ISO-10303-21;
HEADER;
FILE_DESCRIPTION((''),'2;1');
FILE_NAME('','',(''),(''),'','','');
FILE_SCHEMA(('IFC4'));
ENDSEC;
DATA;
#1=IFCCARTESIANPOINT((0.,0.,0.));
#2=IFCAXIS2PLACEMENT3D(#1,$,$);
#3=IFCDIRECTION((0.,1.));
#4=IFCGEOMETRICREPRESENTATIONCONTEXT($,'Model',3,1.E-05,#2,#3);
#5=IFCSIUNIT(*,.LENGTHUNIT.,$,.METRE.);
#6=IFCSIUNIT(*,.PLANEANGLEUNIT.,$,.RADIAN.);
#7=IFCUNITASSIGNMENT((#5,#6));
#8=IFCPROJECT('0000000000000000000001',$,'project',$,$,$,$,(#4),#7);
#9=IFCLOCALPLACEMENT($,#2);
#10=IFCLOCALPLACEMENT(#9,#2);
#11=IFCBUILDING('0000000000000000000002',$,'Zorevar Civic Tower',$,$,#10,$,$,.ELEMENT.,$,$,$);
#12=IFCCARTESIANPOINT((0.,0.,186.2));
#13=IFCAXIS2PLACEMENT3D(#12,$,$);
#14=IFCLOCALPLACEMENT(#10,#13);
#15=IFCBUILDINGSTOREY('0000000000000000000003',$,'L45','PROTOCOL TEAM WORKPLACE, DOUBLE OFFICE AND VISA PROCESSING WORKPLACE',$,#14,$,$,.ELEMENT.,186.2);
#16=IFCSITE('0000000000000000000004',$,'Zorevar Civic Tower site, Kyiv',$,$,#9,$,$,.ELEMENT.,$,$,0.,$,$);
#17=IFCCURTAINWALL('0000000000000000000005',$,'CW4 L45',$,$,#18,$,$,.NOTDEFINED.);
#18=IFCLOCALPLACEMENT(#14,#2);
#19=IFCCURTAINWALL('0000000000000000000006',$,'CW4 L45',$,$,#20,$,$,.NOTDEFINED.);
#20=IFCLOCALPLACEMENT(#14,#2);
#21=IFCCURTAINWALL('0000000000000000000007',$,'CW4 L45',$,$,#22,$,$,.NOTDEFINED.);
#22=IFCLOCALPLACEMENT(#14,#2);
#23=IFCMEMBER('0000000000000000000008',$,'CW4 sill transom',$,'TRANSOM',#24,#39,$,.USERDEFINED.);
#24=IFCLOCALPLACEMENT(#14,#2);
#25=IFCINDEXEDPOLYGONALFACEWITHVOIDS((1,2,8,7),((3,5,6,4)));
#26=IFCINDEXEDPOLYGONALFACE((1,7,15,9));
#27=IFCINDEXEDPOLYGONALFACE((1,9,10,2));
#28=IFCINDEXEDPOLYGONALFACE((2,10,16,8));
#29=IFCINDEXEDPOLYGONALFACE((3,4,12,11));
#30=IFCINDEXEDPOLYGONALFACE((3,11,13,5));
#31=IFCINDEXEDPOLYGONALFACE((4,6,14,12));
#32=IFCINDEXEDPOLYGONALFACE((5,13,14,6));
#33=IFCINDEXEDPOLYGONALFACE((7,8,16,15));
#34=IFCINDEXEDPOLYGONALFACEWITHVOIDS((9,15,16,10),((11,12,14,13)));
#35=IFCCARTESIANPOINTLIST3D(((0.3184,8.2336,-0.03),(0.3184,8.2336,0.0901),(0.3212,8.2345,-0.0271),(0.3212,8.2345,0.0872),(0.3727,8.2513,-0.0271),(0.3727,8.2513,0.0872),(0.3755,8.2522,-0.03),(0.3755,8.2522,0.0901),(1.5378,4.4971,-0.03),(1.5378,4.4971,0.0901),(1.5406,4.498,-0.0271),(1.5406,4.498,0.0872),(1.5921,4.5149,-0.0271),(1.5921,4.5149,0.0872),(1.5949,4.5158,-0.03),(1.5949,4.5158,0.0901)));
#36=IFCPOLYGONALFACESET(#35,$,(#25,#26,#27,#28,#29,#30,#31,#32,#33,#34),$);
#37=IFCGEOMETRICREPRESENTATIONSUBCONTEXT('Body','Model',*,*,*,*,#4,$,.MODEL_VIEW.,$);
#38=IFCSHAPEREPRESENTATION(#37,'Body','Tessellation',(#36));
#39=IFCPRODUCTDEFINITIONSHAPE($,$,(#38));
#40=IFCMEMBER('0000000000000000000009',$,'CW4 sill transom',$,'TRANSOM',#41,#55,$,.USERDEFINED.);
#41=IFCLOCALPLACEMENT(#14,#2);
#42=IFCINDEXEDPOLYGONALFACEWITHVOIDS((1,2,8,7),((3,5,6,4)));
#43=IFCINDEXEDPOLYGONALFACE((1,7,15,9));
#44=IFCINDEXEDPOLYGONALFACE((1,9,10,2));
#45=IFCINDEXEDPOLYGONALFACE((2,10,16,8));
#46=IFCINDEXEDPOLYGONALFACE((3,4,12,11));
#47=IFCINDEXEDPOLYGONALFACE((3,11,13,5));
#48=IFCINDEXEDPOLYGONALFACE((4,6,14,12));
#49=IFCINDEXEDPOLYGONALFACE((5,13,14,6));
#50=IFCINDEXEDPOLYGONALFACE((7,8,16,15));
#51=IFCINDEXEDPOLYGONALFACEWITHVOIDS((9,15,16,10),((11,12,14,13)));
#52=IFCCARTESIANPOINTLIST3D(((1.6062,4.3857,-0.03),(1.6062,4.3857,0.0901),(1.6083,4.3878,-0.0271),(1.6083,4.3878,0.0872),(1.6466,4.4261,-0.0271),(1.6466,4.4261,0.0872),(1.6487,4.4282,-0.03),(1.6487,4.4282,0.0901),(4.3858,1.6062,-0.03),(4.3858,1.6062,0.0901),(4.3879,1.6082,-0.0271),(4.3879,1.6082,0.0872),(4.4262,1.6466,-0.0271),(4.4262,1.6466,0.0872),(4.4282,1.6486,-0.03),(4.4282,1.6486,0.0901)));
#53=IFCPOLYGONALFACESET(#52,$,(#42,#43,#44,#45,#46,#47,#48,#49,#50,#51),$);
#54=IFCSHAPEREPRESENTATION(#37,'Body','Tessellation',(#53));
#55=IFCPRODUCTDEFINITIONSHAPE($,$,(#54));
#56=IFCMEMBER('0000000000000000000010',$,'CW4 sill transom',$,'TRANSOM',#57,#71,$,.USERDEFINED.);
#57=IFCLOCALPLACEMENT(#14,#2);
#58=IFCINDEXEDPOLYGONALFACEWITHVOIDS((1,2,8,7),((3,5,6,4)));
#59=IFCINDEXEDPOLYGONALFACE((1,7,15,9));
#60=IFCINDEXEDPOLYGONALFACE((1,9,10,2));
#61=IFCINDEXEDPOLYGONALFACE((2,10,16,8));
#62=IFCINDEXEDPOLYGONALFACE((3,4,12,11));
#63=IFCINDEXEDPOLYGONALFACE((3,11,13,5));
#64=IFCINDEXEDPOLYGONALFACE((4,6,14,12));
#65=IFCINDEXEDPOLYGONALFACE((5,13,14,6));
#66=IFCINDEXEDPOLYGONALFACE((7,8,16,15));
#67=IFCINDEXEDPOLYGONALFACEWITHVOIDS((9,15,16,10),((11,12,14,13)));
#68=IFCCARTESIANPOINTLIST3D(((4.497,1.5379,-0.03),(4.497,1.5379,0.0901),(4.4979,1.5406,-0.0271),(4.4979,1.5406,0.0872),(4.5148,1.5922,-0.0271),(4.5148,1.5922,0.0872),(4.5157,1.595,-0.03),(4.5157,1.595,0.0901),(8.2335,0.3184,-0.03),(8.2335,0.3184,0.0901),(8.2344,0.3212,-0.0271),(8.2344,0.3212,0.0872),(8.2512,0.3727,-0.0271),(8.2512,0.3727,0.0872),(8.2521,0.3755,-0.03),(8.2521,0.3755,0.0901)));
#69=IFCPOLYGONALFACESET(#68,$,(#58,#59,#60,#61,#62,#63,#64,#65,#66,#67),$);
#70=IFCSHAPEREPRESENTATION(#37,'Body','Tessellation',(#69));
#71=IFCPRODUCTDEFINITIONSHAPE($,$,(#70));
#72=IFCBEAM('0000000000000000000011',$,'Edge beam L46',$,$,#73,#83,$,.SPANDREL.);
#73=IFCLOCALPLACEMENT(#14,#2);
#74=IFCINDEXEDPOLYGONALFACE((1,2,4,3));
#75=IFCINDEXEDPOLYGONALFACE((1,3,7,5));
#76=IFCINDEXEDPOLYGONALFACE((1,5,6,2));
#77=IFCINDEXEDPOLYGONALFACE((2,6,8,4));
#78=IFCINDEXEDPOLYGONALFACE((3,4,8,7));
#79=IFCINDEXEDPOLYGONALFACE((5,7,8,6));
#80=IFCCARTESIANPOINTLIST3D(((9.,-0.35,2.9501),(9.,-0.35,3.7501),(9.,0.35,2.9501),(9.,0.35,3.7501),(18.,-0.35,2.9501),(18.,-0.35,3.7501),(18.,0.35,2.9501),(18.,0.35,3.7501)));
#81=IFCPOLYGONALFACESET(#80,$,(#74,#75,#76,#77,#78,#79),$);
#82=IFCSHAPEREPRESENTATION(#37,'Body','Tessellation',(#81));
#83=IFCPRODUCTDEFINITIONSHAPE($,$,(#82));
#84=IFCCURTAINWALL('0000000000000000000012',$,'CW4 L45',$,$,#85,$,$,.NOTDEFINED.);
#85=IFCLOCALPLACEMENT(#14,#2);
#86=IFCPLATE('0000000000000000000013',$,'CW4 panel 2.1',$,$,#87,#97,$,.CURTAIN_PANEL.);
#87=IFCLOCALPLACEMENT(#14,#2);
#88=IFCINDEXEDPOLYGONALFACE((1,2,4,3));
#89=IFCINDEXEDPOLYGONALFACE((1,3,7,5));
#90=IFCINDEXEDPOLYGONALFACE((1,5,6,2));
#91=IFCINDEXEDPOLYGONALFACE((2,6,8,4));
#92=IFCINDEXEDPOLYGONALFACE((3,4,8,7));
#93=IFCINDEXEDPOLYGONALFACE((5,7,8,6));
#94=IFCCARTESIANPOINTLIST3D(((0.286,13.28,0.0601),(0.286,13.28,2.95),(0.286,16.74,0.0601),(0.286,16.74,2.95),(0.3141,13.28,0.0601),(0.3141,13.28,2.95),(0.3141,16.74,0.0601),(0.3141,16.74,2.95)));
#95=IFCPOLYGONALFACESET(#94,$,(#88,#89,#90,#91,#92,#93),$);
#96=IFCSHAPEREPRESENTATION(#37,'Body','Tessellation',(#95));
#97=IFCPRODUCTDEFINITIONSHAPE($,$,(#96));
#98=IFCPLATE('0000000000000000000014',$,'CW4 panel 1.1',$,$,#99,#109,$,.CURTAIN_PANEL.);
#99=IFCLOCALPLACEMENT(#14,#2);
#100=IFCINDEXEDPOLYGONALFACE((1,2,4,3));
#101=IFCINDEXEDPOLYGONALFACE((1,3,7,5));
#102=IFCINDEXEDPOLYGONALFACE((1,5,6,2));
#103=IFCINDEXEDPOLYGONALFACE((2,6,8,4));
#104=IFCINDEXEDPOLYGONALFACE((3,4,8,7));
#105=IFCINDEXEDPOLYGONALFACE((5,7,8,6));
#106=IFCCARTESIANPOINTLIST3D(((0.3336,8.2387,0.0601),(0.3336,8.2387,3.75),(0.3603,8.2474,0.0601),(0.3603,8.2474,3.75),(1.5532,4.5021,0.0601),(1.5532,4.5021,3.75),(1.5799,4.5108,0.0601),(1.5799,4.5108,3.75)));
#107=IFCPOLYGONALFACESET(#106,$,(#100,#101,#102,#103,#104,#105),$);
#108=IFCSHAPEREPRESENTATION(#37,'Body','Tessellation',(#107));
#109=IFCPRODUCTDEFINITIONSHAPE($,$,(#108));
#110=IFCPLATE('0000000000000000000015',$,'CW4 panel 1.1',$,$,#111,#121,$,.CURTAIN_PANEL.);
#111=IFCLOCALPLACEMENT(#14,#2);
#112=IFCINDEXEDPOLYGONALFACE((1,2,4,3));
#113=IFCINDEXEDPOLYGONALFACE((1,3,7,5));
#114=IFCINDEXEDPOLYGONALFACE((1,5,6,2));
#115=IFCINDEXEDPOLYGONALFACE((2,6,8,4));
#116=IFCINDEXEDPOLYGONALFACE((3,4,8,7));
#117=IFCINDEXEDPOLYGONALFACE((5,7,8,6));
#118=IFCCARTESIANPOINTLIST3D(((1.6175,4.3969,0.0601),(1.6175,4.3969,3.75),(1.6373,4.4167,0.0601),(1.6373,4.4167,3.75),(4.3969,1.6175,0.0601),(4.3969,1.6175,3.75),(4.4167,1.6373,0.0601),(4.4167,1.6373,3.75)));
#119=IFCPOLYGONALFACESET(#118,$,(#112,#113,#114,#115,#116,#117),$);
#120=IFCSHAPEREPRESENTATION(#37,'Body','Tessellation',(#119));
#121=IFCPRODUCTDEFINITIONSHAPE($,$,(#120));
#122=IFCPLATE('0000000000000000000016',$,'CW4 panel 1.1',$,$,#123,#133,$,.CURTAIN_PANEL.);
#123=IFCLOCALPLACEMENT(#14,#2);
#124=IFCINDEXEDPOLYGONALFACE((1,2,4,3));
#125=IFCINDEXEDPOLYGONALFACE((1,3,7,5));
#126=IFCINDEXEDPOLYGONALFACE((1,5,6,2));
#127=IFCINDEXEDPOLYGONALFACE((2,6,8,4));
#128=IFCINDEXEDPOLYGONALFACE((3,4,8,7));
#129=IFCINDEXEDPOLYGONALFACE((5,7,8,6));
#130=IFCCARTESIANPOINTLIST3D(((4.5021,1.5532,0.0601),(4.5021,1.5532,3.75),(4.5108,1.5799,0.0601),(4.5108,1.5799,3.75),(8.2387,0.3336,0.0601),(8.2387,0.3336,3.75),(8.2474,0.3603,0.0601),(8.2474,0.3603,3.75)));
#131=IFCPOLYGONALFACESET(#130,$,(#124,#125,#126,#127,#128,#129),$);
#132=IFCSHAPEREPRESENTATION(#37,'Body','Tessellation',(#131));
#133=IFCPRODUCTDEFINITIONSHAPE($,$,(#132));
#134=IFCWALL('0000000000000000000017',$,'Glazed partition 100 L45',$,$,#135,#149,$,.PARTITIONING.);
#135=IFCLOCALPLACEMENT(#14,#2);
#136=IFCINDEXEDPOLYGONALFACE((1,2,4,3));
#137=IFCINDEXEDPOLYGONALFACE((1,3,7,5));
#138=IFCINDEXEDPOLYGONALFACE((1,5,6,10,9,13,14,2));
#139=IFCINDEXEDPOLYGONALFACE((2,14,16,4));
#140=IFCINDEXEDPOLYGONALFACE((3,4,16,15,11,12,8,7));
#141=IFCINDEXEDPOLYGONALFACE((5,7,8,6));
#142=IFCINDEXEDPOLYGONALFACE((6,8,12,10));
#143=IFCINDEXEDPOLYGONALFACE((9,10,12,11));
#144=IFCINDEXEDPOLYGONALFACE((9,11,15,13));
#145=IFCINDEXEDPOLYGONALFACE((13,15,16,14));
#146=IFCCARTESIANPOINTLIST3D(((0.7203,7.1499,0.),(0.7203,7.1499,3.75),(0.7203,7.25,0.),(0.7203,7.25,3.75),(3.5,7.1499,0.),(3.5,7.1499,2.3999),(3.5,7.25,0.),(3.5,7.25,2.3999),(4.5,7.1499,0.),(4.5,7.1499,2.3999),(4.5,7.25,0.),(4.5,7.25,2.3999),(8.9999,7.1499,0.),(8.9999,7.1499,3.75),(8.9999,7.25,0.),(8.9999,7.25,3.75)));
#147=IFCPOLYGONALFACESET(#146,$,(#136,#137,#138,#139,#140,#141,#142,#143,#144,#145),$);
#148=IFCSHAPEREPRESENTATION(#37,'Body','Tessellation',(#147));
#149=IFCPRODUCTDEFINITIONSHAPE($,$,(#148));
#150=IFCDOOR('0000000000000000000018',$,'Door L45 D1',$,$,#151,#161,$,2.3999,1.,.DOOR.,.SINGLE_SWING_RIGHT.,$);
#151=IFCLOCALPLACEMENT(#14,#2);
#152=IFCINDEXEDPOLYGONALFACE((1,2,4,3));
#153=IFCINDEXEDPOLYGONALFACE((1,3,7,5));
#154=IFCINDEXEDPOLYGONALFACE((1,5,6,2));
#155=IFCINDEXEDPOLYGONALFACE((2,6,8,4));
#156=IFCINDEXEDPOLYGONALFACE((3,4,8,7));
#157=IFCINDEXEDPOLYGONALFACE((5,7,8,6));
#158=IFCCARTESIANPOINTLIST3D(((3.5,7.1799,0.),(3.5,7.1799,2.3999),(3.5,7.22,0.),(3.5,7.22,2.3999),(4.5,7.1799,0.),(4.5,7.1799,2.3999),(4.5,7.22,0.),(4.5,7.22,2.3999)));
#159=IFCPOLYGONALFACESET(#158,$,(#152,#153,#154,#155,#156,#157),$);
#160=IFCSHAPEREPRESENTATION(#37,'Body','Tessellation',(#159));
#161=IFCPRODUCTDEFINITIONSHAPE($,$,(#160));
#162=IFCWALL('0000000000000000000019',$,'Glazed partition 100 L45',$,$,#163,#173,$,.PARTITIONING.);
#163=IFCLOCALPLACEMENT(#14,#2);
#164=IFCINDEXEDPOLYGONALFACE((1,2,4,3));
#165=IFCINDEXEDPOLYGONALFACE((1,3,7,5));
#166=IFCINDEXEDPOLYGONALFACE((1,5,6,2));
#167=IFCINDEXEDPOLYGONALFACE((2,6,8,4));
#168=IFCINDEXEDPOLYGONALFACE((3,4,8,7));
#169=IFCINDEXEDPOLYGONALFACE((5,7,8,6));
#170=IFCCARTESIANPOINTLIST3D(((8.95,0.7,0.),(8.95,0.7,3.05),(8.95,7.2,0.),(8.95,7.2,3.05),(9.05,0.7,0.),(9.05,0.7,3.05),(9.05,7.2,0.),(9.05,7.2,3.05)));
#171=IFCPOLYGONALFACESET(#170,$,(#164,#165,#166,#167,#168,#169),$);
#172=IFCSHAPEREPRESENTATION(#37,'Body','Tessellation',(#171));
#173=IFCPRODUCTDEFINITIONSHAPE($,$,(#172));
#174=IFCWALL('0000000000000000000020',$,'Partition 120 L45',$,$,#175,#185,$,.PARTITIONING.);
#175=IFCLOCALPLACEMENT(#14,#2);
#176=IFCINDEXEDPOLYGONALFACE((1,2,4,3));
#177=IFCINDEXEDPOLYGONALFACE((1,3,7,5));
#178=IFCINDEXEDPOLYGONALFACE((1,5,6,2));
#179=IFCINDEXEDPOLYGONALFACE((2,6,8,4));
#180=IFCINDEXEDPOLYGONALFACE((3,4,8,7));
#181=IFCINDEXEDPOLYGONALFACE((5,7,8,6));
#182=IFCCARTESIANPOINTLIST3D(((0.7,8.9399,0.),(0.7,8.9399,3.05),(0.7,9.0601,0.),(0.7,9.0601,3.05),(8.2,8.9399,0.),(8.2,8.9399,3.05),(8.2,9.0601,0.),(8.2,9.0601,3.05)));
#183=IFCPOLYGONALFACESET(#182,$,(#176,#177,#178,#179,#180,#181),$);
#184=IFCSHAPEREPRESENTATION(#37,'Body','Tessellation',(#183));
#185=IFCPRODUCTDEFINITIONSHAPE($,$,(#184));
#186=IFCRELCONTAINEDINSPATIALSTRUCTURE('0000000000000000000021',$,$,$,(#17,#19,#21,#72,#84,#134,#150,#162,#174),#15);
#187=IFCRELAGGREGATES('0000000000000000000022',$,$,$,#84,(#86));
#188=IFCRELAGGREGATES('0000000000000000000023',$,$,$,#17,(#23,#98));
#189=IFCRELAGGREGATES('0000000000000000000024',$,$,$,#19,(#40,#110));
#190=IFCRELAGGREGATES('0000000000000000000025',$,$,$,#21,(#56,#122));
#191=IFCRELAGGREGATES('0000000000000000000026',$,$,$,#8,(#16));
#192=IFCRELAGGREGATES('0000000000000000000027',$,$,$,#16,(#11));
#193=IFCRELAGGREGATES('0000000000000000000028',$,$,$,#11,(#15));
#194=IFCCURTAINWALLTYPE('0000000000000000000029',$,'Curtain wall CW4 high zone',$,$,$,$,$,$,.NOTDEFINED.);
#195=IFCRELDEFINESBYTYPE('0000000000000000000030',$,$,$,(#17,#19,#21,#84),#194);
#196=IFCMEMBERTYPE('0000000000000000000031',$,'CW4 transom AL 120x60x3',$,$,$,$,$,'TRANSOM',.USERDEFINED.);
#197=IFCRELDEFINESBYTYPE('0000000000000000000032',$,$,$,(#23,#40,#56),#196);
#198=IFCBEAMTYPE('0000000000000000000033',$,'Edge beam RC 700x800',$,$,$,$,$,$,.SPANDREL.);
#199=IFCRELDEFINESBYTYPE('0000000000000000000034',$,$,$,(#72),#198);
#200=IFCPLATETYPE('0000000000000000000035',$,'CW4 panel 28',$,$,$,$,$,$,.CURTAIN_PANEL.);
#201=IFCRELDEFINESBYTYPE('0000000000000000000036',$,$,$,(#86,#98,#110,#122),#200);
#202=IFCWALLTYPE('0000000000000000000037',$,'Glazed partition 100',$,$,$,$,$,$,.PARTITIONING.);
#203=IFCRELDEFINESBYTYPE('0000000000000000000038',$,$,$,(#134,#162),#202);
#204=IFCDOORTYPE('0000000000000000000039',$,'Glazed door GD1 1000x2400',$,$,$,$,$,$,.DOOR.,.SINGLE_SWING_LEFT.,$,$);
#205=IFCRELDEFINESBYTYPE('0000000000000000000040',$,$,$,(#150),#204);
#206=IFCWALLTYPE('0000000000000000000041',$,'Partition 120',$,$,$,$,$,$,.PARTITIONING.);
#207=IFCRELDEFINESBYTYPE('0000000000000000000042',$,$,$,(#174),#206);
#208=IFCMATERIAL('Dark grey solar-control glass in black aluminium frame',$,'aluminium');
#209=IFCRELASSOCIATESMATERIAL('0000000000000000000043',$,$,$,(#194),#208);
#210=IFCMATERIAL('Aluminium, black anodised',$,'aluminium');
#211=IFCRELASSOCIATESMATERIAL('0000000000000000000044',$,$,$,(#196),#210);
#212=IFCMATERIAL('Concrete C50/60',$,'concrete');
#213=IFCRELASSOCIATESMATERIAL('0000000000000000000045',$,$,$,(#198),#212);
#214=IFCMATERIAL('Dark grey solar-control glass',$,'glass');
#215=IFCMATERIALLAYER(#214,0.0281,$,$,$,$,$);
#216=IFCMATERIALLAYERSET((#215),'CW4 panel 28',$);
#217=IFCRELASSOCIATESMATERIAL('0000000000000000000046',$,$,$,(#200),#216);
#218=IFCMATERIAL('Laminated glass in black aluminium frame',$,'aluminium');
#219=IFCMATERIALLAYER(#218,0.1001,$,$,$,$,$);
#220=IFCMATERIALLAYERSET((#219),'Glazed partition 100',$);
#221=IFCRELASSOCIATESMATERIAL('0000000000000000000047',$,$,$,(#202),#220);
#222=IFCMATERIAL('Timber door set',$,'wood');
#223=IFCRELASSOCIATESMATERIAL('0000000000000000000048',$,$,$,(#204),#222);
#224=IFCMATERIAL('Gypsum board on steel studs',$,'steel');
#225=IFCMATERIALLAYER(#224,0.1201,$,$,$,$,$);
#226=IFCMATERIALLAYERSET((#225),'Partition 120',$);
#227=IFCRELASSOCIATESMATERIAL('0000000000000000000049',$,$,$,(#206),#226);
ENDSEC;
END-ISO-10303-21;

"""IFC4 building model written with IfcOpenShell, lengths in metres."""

from ifc_helpers import new_model, si_unit, direction, frame, frame_2d, origin, origin_2d, place, context, subcontext, project, spatial, rectangle, hollow_rectangle, extrude, material, layer, layer_set, material_profile, profile_set, type_object, element, fill, aggregate, save


model = new_model("IFC4")

# Units and contexts
model_context = context("Model", 3, precision=1e-05, world=origin(), true_north=direction((0.0, 1.0)))
body_context = subcontext(model_context, "Body", "Model", "MODEL_VIEW")
ifc_project = project(units=[si_unit("LENGTHUNIT", "METRE"), si_unit("PLANEANGLEUNIT", "RADIAN")], contexts=[model_context])

# Site, building, storey
site_placement = place(None, origin())
site = spatial("IfcSite", under=ifc_project, at=site_placement, Name="Zorevar Civic Tower site, Kyiv", CompositionType="ELEMENT", RefElevation=0.0)
building_placement = place(site_placement, origin())
building = spatial("IfcBuilding", under=site, at=building_placement, Name="Zorevar Civic Tower", CompositionType="ELEMENT")
storey_placement = place(building_placement, frame((0.0, 0.0, 186.2)))
storey = spatial("IfcBuildingStorey", under=building, at=storey_placement, Name="L45", Description="PROTOCOL TEAM WORKPLACE, DOUBLE OFFICE AND VISA PROCESSING WORKPLACE", CompositionType="ELEMENT", Elevation=186.2)

# Curtain walls
ifc_material_1 = material(Name="Dark grey solar-control glass in black aluminium frame", Category="aluminium")
curtain_wall_type = type_object("IfcCurtainWallType", Name="Curtain wall CW4 high zone", PredefinedType="NOTDEFINED", material=ifc_material_1)
curtain_wall_1_placement = place(storey_placement, origin())
curtain_wall_1 = element("IfcCurtainWall", 1, at=curtain_wall_1_placement, inside=storey, type_object=curtain_wall_type, Name="CW4 L45", PredefinedType="NOTDEFINED")
curtain_wall_2_placement = place(storey_placement, origin())
curtain_wall_2 = element("IfcCurtainWall", 2, at=curtain_wall_2_placement, inside=storey, type_object=curtain_wall_type, Name="CW4 L45", PredefinedType="NOTDEFINED")
curtain_wall_3_placement = place(storey_placement, origin())
curtain_wall_3 = element("IfcCurtainWall", 3, at=curtain_wall_3_placement, inside=storey, type_object=curtain_wall_type, Name="CW4 L45", PredefinedType="NOTDEFINED")

# Members
ifc_material_2 = material(Name="Aluminium, black anodised", Category="aluminium")
ifc_material_profile_1 = material_profile(ifc_material_2, hollow_rectangle(XDim=0.0601, YDim=0.1201, WallThickness=0.0029, at=origin_2d()), Name="AL 120x60x3")
ifc_profile_set_1 = profile_set([ifc_material_profile_1], Name="Aluminium, black anodised")
member_type_1 = type_object("IfcMemberType", Name="CW4 transom AL 120x60x3", ElementType="TRANSOM", PredefinedType="USERDEFINED", material=ifc_profile_set_1)
member_1_placement = place(storey_placement, frame((0.3469, 8.2429, 0.03), z_axis=(0.310259, -0.950652, 0.0), x_axis=(0.950652, 0.310259, 0.0)))
member_1 = element("IfcMember", 4, at=member_1_placement, type_object=member_type_1, Name="CW4 sill transom", ObjectType="TRANSOM", PredefinedType="USERDEFINED", context=body_context, shape_type="SweptSolid", body=[
    extrude(hollow_rectangle(XDim=0.0601, YDim=0.1201, WallThickness=0.0029, at=origin_2d()), origin(), (0.0, 0.0, 1.0), 3.9304),
])
member_2_placement = place(storey_placement, frame((1.6274, 4.407, 0.03), z_axis=(0.707107, -0.707107, 0.0), x_axis=(0.707107, 0.707107, 0.0)))
member_2 = element("IfcMember", 5, at=member_2_placement, type_object=member_type_1, Name="CW4 sill transom", ObjectType="TRANSOM", PredefinedType="USERDEFINED", context=body_context, shape_type="SweptSolid", body=[
    extrude(hollow_rectangle(XDim=0.0601, YDim=0.1201, WallThickness=0.0029, at=origin_2d()), origin(), (0.0, 0.0, 1.0), 3.9309),
])
member_3_placement = place(storey_placement, frame((4.5063, 1.5664, 0.03), z_axis=(0.950652, -0.310259, 0.0), x_axis=(0.310259, 0.950652, 0.0)))
member_3 = element("IfcMember", 6, at=member_3_placement, type_object=member_type_1, Name="CW4 sill transom", ObjectType="TRANSOM", PredefinedType="USERDEFINED", context=body_context, shape_type="SweptSolid", body=[
    extrude(hollow_rectangle(XDim=0.0601, YDim=0.1201, WallThickness=0.0029, at=origin_2d()), origin(), (0.0, 0.0, 1.0), 3.9304),
])

# Beam
ifc_material_3 = material(Name="Concrete C50/60", Category="concrete")
ifc_material_profile_2 = material_profile(ifc_material_3, rectangle(XDim=0.7, YDim=0.8, at=origin_2d()), Name="RC 700x800")
ifc_profile_set_2 = profile_set([ifc_material_profile_2], Name="Concrete C50/60")
beam_type_1 = type_object("IfcBeamType", Name="Edge beam RC 700x800", PredefinedType="SPANDREL", material=ifc_profile_set_2)
beam_1_placement = place(storey_placement, frame((9.0, 0.0, 3.3501), z_axis=(1.0, 0.0, 0.0), x_axis=(0.0, 1.0, 0.0)))
element("IfcBeam", 7, at=beam_1_placement, inside=storey, type_object=beam_type_1, Name="Edge beam L46", PredefinedType="SPANDREL", context=body_context, shape_type="SweptSolid", body=[
    extrude(rectangle(XDim=0.7, YDim=0.8, at=origin_2d()), origin(), (0.0, 0.0, 1.0), 9.0),
])

# Curtain wall, plate
curtain_wall_4_placement = place(storey_placement, origin())
curtain_wall_4 = element("IfcCurtainWall", 8, at=curtain_wall_4_placement, inside=storey, type_object=curtain_wall_type, Name="CW4 L45", PredefinedType="NOTDEFINED")
ifc_material_4 = material(Name="Dark grey solar-control glass", Category="glass")
ifc_layer_1 = layer(ifc_material_4, 0.0281)
ifc_layer_set_1 = layer_set([ifc_layer_1], Name="CW4 panel 28")
plate_type = type_object("IfcPlateType", Name="CW4 panel 28", PredefinedType="CURTAIN_PANEL", material=ifc_layer_set_1)
plate_1_placement = place(storey_placement, frame((0.3, 15.01, 0.0601), z_axis=(0.0, 0.0, 1.0), x_axis=(0.0, 1.0, 0.0)))
plate_1 = element("IfcPlate", 9, at=plate_1_placement, type_object=plate_type, Name="CW4 panel 2.1", PredefinedType="CURTAIN_PANEL", context=body_context, shape_type="SweptSolid", body=[
    extrude(rectangle(XDim=3.46, YDim=0.0281, at=origin_2d()), origin(), (0.0, 0.0, 1.0), 2.8899),
])
aggregate(curtain_wall_4, [plate_1])

# Plates
plate_2_placement = place(storey_placement, frame((0.9568, 6.3748, 0.0601), z_axis=(0.0, 0.0, 1.0), x_axis=(0.310281, -0.950645, 0.0)))
plate_2 = element("IfcPlate", 10, at=plate_2_placement, type_object=plate_type, Name="CW4 panel 1.1", PredefinedType="CURTAIN_PANEL", context=body_context, shape_type="SweptSolid", body=[
    extrude(rectangle(XDim=3.9307, YDim=0.0281, at=origin_2d()), origin(), (0.0, 0.0, 1.0), 3.6899),
])
aggregate(curtain_wall_1, [member_1, plate_2])
plate_3_placement = place(storey_placement, frame((3.0171, 3.0171, 0.0601), z_axis=(0.0, 0.0, 1.0), x_axis=(0.707107, -0.707107, 0.0)))
plate_3 = element("IfcPlate", 11, at=plate_3_placement, type_object=plate_type, Name="CW4 panel 1.1", PredefinedType="CURTAIN_PANEL", context=body_context, shape_type="SweptSolid", body=[
    extrude(rectangle(XDim=3.9307, YDim=0.0281, at=origin_2d()), origin(), (0.0, 0.0, 1.0), 3.6899),
])
aggregate(curtain_wall_2, [member_2, plate_3])
plate_4_placement = place(storey_placement, frame((6.3748, 0.9568, 0.0601), z_axis=(0.0, 0.0, 1.0), x_axis=(0.950645, -0.310281, 0.0)))
plate_4 = element("IfcPlate", 12, at=plate_4_placement, type_object=plate_type, Name="CW4 panel 1.1", PredefinedType="CURTAIN_PANEL", context=body_context, shape_type="SweptSolid", body=[
    extrude(rectangle(XDim=3.9307, YDim=0.0281, at=origin_2d()), origin(), (0.0, 0.0, 1.0), 3.6899),
])
aggregate(curtain_wall_3, [member_3, plate_4])

# Wall, opening, door
ifc_material_5 = material(Name="Laminated glass in black aluminium frame", Category="aluminium")
ifc_layer_2 = layer(ifc_material_5, 0.1001)
ifc_layer_set_2 = layer_set([ifc_layer_2], Name="Glazed partition 100")
wall_type_1 = type_object("IfcWallType", Name="Glazed partition 100", PredefinedType="PARTITIONING", material=ifc_layer_set_2)
wall_1_placement = place(storey_placement, frame((0.7205, 7.2, 0.0), z_axis=(0.0, 0.0, 1.0), x_axis=(1.0, 0.0, 0.0)))
wall_1 = element("IfcWall", 13, at=wall_1_placement, inside=storey, type_object=wall_type_1, Name="Glazed partition 100 L45", PredefinedType="PARTITIONING", context=body_context, shape_type="SweptSolid", body=[
    extrude(rectangle(XDim=8.2795, YDim=0.1001, at=frame_2d((4.1396, 0.0))), origin(), (0.0, 0.0, 1.0), 3.75),
])
opening_placement = place(wall_1_placement, frame((2.7795, 0.0, 0.0)))
opening = element("IfcOpeningElement", 14, at=opening_placement, cuts=wall_1, PredefinedType="OPENING", context=body_context, shape_type="SweptSolid", body=[
    extrude(rectangle(XDim=1.0, YDim=2.3999, at=frame_2d((0.5, 1.2))), frame((0.0, 0.0601, 0.0), z_axis=(0.0, -1.0, 0.0), x_axis=(1.0, 0.0, 0.0)), (0.0, 0.0, 1.0), 0.1201),
])
ifc_material_6 = material(Name="Timber door set", Category="wood")
door_type = type_object("IfcDoorType", Name="Glazed door GD1 1000x2400", OperationType="SINGLE_SWING_LEFT", PredefinedType="DOOR", material=ifc_material_6)
door_placement = place(opening_placement, origin())
door = element("IfcDoor", 15, at=door_placement, inside=storey, type_object=door_type, Name="Door L45 D1", OperationType="SINGLE_SWING_RIGHT", OverallHeight=2.3999, OverallWidth=1.0, PredefinedType="DOOR", context=body_context, shape_type="SweptSolid", body=[
    extrude(rectangle(XDim=1.0, YDim=2.3999, at=frame_2d((0.5, 1.2))), frame((0.0, 0.02, 0.0), z_axis=(0.0, -1.0, 0.0), x_axis=(1.0, 0.0, 0.0)), (0.0, 0.0, 1.0), 0.04),
])
fill(opening, door)

# Walls
wall_2_placement = place(storey_placement, frame((9.0, 0.7, 0.0), z_axis=(0.0, 0.0, 1.0), x_axis=(0.0, 1.0, 0.0)))
element("IfcWall", 16, at=wall_2_placement, inside=storey, type_object=wall_type_1, Name="Glazed partition 100 L45", PredefinedType="PARTITIONING", context=body_context, shape_type="SweptSolid", body=[
    extrude(rectangle(XDim=6.5, YDim=0.1001, at=frame_2d((3.25, 0.0))), origin(), (0.0, 0.0, 1.0), 3.05),
])
ifc_material_7 = material(Name="Gypsum board on steel studs", Category="steel")
ifc_layer_3 = layer(ifc_material_7, 0.1201)
ifc_layer_set_3 = layer_set([ifc_layer_3], Name="Partition 120")
wall_type_2 = type_object("IfcWallType", Name="Partition 120", PredefinedType="PARTITIONING", material=ifc_layer_set_3)
wall_3_placement = place(storey_placement, frame((0.7, 9.0, 0.0), z_axis=(0.0, 0.0, 1.0), x_axis=(1.0, 0.0, 0.0)))
element("IfcWall", 17, at=wall_3_placement, inside=storey, type_object=wall_type_2, Name="Partition 120 L45", PredefinedType="PARTITIONING", context=body_context, shape_type="SweptSolid", body=[
    extrude(rectangle(XDim=7.5, YDim=0.1201, at=frame_2d((3.75, 0.0))), origin(), (0.0, 0.0, 1.0), 3.05),
])

save(model, "model.ifc")
